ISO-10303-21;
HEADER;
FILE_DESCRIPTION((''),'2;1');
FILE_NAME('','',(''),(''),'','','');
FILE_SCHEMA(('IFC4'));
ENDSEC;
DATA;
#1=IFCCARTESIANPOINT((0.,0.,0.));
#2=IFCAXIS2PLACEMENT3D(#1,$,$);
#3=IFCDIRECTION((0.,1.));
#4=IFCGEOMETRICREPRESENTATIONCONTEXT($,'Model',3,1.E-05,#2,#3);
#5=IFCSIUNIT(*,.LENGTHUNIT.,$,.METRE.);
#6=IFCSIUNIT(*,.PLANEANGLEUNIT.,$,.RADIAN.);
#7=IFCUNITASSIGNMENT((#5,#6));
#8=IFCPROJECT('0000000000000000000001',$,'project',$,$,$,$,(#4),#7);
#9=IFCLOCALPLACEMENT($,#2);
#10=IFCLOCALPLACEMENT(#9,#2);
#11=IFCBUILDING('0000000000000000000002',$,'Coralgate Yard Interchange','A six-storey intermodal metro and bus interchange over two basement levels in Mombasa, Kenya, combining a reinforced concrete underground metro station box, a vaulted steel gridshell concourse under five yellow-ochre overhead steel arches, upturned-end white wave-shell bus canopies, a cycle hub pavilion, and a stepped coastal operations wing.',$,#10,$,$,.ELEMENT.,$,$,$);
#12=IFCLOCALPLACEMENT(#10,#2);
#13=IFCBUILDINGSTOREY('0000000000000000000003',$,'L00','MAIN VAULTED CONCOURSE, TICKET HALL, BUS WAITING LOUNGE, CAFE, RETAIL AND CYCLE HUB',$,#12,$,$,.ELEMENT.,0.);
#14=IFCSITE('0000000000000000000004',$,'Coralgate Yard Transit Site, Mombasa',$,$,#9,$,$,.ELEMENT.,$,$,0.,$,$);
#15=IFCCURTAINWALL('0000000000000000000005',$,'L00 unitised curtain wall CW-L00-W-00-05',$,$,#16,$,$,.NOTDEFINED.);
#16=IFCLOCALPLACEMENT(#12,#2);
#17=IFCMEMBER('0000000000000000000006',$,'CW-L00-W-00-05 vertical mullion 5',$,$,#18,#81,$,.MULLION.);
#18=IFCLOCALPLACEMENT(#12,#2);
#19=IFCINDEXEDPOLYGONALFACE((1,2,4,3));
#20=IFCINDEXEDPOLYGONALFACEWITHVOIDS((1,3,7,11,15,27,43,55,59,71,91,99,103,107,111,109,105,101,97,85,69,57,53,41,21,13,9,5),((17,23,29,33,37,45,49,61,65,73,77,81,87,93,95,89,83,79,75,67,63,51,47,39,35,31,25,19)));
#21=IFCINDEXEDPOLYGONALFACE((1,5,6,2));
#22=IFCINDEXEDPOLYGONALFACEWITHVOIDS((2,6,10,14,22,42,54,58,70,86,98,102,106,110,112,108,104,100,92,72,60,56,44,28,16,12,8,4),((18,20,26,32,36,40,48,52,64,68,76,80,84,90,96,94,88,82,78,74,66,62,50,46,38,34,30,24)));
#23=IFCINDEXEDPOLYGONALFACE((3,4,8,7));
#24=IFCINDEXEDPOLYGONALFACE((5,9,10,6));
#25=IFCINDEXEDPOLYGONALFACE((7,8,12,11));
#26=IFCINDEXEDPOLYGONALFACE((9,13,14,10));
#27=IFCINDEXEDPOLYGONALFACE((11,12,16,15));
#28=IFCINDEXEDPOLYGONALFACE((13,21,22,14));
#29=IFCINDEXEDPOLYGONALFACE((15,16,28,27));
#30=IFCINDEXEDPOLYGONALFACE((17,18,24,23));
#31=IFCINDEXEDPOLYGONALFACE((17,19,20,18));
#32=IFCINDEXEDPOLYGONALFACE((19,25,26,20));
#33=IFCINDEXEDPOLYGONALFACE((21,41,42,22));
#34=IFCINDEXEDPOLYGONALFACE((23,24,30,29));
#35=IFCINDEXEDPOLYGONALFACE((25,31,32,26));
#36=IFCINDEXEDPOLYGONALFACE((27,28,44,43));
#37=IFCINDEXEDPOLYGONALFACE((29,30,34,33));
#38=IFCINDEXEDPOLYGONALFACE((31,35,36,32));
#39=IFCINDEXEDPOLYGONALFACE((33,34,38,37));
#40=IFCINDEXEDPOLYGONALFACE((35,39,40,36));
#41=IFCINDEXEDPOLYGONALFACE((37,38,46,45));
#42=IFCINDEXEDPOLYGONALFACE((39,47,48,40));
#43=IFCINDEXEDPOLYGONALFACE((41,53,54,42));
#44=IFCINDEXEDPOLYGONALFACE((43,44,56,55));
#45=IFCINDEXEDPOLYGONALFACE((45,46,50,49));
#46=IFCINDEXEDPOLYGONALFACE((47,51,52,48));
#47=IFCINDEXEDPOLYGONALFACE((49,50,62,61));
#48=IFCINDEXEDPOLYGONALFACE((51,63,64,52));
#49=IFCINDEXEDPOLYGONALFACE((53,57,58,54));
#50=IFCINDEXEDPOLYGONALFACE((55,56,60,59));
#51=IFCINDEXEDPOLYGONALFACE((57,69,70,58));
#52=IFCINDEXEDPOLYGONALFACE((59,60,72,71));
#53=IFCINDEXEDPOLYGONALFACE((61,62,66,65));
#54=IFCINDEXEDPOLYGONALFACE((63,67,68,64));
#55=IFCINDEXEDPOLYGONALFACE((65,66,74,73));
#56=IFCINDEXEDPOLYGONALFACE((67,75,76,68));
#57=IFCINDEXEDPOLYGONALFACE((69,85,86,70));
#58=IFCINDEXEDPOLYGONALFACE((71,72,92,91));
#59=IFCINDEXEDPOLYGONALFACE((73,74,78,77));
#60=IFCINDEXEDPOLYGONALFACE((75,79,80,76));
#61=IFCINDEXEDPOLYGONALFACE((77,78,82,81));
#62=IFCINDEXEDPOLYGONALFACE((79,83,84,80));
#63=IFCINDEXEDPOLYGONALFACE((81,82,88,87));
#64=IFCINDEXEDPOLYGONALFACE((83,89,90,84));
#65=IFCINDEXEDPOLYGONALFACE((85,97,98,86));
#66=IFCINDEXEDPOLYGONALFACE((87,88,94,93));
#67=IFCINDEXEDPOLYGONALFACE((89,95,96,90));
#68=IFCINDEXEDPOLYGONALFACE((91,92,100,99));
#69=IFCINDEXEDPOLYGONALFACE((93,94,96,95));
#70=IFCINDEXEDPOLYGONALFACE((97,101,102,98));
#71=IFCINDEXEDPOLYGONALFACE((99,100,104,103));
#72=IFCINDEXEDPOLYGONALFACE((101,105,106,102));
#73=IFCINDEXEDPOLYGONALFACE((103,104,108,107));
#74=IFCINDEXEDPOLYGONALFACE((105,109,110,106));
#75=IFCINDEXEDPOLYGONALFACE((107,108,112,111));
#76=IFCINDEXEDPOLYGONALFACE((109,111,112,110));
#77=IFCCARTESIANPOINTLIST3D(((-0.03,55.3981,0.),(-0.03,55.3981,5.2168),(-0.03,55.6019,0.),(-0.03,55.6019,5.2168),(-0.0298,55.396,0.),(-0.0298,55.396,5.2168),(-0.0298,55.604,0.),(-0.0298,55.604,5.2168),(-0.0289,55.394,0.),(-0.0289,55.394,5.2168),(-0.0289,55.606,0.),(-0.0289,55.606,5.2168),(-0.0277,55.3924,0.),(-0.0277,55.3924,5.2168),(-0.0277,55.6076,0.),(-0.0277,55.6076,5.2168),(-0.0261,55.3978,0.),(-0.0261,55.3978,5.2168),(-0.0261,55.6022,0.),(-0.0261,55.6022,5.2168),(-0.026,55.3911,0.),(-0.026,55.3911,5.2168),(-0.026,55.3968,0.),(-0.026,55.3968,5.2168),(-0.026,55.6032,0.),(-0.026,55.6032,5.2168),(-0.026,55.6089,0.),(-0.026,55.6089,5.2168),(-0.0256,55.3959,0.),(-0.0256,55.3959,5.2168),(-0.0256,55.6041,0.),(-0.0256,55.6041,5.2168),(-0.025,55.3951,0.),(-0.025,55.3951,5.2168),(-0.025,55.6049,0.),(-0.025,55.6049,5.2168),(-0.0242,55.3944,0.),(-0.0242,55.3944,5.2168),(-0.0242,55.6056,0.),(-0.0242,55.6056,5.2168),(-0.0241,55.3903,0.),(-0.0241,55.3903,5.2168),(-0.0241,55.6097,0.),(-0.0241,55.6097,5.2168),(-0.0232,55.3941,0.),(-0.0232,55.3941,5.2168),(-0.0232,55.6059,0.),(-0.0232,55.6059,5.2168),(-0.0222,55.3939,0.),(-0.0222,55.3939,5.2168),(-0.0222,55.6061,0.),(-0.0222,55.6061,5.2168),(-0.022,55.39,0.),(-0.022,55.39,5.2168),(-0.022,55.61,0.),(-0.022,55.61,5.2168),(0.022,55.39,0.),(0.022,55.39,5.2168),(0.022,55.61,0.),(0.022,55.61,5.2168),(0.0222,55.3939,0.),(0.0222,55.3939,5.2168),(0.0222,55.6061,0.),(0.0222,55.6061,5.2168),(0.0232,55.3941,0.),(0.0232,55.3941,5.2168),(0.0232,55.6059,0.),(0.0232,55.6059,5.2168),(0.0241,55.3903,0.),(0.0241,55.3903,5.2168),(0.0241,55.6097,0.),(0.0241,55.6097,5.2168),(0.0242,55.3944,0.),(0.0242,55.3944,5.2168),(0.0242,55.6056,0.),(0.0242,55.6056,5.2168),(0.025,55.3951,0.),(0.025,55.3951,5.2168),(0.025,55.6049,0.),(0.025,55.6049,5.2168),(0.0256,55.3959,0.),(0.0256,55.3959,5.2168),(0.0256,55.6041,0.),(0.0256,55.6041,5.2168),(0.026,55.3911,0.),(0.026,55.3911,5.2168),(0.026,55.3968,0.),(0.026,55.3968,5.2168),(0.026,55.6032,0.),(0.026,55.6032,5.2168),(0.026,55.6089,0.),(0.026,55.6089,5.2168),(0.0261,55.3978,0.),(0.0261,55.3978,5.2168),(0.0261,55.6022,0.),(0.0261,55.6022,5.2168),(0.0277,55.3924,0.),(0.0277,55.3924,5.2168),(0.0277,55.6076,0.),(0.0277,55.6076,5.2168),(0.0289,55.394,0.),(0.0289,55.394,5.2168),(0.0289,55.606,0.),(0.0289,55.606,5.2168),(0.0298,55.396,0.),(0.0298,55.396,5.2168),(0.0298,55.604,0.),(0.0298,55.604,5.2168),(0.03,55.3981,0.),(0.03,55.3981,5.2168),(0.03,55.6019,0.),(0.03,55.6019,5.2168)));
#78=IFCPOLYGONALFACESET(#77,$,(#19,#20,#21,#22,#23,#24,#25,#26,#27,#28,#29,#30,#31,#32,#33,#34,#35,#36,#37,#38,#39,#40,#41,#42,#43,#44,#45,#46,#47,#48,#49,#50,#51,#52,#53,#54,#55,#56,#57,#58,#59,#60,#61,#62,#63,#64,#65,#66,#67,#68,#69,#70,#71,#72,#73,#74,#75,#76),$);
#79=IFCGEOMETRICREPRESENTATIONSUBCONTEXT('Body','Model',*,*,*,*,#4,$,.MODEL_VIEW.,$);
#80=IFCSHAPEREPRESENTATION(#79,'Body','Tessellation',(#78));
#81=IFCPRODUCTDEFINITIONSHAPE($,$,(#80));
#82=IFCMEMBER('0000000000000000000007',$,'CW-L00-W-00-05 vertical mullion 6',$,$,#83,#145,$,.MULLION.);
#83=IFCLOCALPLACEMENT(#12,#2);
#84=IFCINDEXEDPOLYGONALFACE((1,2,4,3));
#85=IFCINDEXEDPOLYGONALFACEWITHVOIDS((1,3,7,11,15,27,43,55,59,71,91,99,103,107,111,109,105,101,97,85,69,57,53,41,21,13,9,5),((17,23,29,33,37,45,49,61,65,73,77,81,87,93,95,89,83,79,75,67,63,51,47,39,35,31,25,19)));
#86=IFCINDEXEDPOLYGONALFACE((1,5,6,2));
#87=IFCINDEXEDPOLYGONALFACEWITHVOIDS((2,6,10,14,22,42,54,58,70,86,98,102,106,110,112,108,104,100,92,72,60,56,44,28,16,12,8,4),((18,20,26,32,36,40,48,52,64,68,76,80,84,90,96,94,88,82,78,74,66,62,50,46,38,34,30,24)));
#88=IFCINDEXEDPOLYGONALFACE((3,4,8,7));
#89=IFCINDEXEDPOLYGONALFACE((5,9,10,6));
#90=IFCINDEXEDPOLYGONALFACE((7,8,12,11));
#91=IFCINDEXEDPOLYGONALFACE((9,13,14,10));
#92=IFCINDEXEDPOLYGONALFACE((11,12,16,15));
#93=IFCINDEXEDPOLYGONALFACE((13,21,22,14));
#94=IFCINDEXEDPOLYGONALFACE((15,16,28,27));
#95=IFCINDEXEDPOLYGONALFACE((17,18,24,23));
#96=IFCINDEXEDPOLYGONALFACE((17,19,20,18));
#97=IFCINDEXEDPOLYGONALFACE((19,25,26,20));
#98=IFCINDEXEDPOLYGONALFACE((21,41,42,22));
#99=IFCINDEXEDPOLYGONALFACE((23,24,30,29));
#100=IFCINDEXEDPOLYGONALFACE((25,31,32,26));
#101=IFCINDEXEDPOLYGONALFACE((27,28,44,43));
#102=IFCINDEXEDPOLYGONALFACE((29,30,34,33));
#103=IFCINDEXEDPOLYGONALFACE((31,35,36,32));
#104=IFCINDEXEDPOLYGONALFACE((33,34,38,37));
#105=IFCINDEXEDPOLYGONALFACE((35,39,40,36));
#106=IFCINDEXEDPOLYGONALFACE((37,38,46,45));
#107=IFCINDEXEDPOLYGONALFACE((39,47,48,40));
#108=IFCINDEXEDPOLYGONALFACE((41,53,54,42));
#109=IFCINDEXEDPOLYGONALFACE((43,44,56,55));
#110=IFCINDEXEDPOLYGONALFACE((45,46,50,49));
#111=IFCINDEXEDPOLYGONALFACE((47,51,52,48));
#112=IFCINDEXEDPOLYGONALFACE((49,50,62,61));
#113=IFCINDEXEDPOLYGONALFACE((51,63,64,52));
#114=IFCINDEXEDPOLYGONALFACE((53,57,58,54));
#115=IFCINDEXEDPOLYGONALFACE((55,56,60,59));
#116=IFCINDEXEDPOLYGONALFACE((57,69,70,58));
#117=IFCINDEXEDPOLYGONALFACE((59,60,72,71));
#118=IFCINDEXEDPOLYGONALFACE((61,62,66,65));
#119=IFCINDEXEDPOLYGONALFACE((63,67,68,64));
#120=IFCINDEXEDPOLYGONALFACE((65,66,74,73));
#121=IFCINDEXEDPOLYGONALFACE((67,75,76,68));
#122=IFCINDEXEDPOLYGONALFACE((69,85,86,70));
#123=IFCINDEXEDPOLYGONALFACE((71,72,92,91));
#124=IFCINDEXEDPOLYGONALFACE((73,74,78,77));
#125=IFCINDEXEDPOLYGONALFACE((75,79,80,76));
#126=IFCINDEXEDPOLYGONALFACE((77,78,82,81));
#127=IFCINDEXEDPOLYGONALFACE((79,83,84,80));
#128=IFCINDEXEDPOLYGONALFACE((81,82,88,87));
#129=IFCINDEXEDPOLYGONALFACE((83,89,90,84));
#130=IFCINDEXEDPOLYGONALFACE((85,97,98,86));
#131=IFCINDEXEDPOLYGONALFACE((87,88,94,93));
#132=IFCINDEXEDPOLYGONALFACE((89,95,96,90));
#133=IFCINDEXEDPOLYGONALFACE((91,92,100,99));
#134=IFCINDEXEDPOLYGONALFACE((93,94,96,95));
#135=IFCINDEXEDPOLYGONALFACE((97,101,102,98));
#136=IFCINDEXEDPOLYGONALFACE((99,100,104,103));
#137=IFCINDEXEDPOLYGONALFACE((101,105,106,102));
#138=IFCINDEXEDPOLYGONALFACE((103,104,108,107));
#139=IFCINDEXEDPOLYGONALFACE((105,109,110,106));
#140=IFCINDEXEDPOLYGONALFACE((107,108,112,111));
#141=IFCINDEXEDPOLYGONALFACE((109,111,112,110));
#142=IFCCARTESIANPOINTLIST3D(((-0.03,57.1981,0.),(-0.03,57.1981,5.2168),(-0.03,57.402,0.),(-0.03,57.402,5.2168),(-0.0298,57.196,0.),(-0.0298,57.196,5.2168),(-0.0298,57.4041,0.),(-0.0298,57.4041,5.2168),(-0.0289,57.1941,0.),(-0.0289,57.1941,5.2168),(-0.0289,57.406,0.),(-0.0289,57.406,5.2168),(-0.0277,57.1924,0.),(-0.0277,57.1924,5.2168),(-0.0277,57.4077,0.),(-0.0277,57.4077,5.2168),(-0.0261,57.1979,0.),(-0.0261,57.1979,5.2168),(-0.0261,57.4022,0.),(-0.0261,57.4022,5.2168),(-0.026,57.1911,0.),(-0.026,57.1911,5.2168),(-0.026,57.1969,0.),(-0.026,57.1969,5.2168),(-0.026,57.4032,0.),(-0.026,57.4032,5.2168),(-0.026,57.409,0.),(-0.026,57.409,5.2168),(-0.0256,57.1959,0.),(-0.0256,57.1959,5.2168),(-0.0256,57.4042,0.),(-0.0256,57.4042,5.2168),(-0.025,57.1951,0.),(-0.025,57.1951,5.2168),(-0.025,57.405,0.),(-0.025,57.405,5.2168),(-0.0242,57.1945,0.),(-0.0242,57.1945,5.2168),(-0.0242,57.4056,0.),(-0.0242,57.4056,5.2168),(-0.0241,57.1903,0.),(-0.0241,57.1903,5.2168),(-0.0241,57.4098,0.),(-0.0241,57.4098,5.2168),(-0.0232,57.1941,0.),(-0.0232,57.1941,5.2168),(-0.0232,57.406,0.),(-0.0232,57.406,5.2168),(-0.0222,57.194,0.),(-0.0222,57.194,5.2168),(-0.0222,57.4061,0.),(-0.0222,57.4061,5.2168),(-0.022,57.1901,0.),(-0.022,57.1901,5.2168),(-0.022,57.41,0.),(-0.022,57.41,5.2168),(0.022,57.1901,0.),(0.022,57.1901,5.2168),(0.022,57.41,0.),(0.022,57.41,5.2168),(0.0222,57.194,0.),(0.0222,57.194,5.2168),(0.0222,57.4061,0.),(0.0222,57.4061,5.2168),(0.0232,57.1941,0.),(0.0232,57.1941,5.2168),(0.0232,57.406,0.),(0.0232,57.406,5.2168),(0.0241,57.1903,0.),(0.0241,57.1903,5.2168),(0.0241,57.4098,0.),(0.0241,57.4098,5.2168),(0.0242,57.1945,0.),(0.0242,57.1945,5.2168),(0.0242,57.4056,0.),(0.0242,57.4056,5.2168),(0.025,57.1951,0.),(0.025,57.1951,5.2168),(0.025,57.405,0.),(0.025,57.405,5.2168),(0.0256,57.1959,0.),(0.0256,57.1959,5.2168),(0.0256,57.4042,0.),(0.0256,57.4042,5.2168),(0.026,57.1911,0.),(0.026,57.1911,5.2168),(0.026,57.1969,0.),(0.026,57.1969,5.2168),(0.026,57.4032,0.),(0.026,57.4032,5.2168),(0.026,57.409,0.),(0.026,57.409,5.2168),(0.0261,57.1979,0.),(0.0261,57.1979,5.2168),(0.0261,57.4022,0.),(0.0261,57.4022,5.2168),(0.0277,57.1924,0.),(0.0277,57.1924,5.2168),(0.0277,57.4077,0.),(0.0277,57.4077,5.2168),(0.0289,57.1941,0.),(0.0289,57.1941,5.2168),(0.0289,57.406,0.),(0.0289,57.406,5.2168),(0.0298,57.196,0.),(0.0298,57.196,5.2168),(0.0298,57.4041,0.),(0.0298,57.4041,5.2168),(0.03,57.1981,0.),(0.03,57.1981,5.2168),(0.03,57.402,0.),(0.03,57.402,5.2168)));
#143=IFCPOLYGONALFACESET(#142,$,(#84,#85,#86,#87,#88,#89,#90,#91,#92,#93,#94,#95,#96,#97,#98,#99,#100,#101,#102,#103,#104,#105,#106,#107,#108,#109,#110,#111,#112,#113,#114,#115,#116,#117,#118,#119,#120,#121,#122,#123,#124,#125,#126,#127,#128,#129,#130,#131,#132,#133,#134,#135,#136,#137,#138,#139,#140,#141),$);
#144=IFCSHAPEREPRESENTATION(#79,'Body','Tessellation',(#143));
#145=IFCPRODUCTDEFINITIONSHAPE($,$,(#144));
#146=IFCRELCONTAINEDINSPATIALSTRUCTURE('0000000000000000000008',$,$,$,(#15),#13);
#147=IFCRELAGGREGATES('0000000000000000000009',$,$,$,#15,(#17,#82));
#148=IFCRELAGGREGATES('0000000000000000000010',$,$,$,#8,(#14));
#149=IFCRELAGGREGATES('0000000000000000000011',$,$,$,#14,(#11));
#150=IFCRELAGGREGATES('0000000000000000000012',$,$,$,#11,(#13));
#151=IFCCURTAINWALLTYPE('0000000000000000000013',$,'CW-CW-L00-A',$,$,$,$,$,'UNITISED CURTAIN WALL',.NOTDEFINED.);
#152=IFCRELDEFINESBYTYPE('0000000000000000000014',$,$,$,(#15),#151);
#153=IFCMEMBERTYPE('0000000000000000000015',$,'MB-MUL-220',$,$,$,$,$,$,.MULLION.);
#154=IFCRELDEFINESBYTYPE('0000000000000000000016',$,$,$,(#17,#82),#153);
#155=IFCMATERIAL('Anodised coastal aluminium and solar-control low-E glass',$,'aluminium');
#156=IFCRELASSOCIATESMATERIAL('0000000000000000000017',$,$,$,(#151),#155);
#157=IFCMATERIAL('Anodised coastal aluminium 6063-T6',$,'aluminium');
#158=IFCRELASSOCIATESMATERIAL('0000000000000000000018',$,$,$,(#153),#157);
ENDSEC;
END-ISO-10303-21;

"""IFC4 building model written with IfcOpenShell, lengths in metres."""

from ifc_helpers import new_model, si_unit, direction, frame, origin, origin_2d, place, context, subcontext, project, spatial, hollow_rectangle, extrude, material, material_profile, profile_set, type_object, element, aggregate, save


model = new_model("IFC4")

# Units and contexts
model_context = context("Model", 3, precision=1e-05, world=origin(), true_north=direction((0.0, 1.0)))
body_context = subcontext(model_context, "Body", "Model", "MODEL_VIEW")
ifc_project = project(units=[si_unit("LENGTHUNIT", "METRE"), si_unit("PLANEANGLEUNIT", "RADIAN")], contexts=[model_context])

# Site, building, storey
site_placement = place(None, origin())
site = spatial("IfcSite", under=ifc_project, at=site_placement, Name="Coralgate Yard Transit Site, Mombasa", CompositionType="ELEMENT", RefElevation=0.0)
building_placement = place(site_placement, origin())
building = spatial("IfcBuilding", under=site, at=building_placement, Name="Coralgate Yard Interchange", Description="A six-storey intermodal metro and bus interchange over two basement levels in Mombasa, Kenya, combining a reinforced concrete underground metro station box, a vaulted steel gridshell concourse under five yellow-ochre overhead steel arches, upturned-end white wave-shell bus canopies, a cycle hub pavilion, and a stepped coastal operations wing.", CompositionType="ELEMENT")
storey_placement = place(building_placement, origin())
storey = spatial("IfcBuildingStorey", under=building, at=storey_placement, Name="L00", Description="MAIN VAULTED CONCOURSE, TICKET HALL, BUS WAITING LOUNGE, CAFE, RETAIL AND CYCLE HUB", CompositionType="ELEMENT", Elevation=0.0)

# Curtain wall, members
ifc_material_1 = material(Name="Anodised coastal aluminium and solar-control low-E glass", Category="aluminium")
curtain_wall_type = type_object("IfcCurtainWallType", Name="CW-CW-L00-A", ElementType="UNITISED CURTAIN WALL", PredefinedType="NOTDEFINED", material=ifc_material_1)
curtain_wall_placement = place(storey_placement, origin())
curtain_wall = element("IfcCurtainWall", 1, at=curtain_wall_placement, inside=storey, type_object=curtain_wall_type, Name="L00 unitised curtain wall CW-L00-W-00-05", PredefinedType="NOTDEFINED")
ifc_material_2 = material(Name="Anodised coastal aluminium 6063-T6", Category="aluminium")
ifc_material_profile_1 = material_profile(ifc_material_2, hollow_rectangle(XDim=0.0601, YDim=0.22, WallThickness=0.0039, InnerFilletRadius=0.0039, OuterFilletRadius=0.0081, at=origin_2d()), Name="ALU 60x220x4")
ifc_profile_set_1 = profile_set([ifc_material_profile_1], Name="Anodised coastal aluminium 6063-T6")
member_type_1 = type_object("IfcMemberType", Name="MB-MUL-220", PredefinedType="MULLION", material=ifc_profile_set_1)
member_1_placement = place(storey_placement, frame((0.0, 55.5, 0.0), z_axis=(0.0, 0.0, 1.0), x_axis=(1.0, 0.0, 0.0)))
member_1 = element("IfcMember", 2, at=member_1_placement, type_object=member_type_1, Name="CW-L00-W-00-05 vertical mullion 5", PredefinedType="MULLION", context=body_context, shape_type="SweptSolid", body=[
    extrude(hollow_rectangle(XDim=0.0601, YDim=0.22, WallThickness=0.0039, InnerFilletRadius=0.0039, OuterFilletRadius=0.0081, at=origin_2d()), origin(), (0.0, 0.0, 1.0), 5.2168),
])
member_2_placement = place(storey_placement, frame((0.0, 57.3, 0.0), z_axis=(0.0, 0.0, 1.0), x_axis=(1.0, 0.0, 0.0)))
member_2 = element("IfcMember", 3, at=member_2_placement, type_object=member_type_1, Name="CW-L00-W-00-05 vertical mullion 6", PredefinedType="MULLION", context=body_context, shape_type="SweptSolid", body=[
    extrude(hollow_rectangle(XDim=0.0601, YDim=0.22, WallThickness=0.0039, InnerFilletRadius=0.0039, OuterFilletRadius=0.0081, at=origin_2d()), origin(), (0.0, 0.0, 1.0), 5.2168),
])
aggregate(curtain_wall, [member_1, member_2])

save(model, "model.ifc")
